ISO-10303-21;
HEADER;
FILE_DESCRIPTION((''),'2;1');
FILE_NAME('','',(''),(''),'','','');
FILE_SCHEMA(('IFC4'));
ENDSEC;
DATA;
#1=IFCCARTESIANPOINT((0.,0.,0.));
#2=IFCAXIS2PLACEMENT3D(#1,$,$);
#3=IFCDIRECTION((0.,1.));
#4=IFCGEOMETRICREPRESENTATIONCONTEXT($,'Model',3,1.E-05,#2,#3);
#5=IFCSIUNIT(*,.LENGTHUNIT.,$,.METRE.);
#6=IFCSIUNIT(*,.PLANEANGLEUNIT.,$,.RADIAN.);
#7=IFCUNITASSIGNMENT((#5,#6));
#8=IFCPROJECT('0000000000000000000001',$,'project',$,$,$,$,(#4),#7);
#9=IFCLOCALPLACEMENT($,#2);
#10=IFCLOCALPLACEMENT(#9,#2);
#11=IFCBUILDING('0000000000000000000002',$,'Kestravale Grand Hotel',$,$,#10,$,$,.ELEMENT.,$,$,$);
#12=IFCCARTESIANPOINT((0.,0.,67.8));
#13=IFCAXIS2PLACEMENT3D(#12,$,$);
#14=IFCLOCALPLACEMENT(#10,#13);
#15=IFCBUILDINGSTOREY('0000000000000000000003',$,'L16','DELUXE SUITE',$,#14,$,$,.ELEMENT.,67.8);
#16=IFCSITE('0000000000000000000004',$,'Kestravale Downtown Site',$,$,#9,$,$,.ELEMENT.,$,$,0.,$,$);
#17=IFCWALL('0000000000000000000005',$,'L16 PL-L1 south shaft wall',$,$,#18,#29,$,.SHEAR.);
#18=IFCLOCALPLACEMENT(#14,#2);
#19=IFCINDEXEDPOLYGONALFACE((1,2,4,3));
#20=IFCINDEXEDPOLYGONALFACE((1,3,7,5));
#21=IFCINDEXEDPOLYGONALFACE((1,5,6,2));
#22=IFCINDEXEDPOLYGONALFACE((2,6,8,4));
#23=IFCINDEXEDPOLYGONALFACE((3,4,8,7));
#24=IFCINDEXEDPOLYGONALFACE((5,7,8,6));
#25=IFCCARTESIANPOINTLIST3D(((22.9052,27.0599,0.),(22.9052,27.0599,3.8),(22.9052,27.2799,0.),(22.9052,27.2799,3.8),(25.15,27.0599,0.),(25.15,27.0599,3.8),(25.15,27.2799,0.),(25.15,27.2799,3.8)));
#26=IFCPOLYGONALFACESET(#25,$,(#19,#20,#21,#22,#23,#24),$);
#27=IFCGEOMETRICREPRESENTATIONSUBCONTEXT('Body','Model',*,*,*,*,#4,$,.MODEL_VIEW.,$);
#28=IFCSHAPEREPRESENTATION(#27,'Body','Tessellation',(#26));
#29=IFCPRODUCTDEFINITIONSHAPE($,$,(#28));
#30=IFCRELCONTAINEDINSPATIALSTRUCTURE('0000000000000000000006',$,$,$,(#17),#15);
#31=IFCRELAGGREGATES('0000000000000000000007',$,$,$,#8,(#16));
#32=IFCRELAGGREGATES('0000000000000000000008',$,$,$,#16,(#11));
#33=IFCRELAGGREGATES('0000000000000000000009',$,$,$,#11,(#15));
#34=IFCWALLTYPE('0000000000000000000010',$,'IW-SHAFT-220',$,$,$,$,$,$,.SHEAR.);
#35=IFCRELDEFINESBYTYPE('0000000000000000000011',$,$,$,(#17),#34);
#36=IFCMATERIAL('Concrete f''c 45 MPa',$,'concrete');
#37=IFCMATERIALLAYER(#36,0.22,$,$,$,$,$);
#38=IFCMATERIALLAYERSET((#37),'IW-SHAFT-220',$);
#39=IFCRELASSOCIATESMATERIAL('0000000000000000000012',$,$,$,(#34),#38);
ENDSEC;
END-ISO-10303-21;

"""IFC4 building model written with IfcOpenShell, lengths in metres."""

from ifc_helpers import new_model, si_unit, direction, frame, frame_2d, origin, place, context, subcontext, project, spatial, rectangle, extrude, material, layer, layer_set, type_object, element, save


model = new_model("IFC4")

# Units and contexts
model_context = context("Model", 3, precision=1e-05, world=origin(), true_north=direction((0.0, 1.0)))
body_context = subcontext(model_context, "Body", "Model", "MODEL_VIEW")
ifc_project = project(units=[si_unit("LENGTHUNIT", "METRE"), si_unit("PLANEANGLEUNIT", "RADIAN")], contexts=[model_context])

# Site, building, storey
site_placement = place(None, origin())
site = spatial("IfcSite", under=ifc_project, at=site_placement, Name="Kestravale Downtown Site", CompositionType="ELEMENT", RefElevation=0.0)
building_placement = place(site_placement, origin())
building = spatial("IfcBuilding", under=site, at=building_placement, Name="Kestravale Grand Hotel", CompositionType="ELEMENT")
storey_placement = place(building_placement, frame((0.0, 0.0, 67.8)))
storey = spatial("IfcBuildingStorey", under=building, at=storey_placement, Name="L16", Description="DELUXE SUITE", CompositionType="ELEMENT", Elevation=67.8)

# Wall
ifc_material_1 = material(Name="Concrete f'c 45 MPa", Category="concrete")
ifc_layer_1 = layer(ifc_material_1, 0.22)
ifc_layer_set_1 = layer_set([ifc_layer_1], Name="IW-SHAFT-220")
wall_type_1 = type_object("IfcWallType", Name="IW-SHAFT-220", PredefinedType="SHEAR", material=ifc_layer_set_1)
wall_1_placement = place(storey_placement, frame((22.905, 27.1699, 0.0), z_axis=(0.0, 0.0, 1.0), x_axis=(1.0, 0.0, 0.0)))
element("IfcWall", 1, at=wall_1_placement, inside=storey, type_object=wall_type_1, Name="L16 PL-L1 south shaft wall", PredefinedType="SHEAR", context=body_context, shape_type="SweptSolid", body=[
    extrude(rectangle(XDim=2.2449, YDim=0.22, at=frame_2d((1.1226, 0.0))), origin(), (0.0, 0.0, 1.0), 3.8),
])

save(model, "model.ifc")
